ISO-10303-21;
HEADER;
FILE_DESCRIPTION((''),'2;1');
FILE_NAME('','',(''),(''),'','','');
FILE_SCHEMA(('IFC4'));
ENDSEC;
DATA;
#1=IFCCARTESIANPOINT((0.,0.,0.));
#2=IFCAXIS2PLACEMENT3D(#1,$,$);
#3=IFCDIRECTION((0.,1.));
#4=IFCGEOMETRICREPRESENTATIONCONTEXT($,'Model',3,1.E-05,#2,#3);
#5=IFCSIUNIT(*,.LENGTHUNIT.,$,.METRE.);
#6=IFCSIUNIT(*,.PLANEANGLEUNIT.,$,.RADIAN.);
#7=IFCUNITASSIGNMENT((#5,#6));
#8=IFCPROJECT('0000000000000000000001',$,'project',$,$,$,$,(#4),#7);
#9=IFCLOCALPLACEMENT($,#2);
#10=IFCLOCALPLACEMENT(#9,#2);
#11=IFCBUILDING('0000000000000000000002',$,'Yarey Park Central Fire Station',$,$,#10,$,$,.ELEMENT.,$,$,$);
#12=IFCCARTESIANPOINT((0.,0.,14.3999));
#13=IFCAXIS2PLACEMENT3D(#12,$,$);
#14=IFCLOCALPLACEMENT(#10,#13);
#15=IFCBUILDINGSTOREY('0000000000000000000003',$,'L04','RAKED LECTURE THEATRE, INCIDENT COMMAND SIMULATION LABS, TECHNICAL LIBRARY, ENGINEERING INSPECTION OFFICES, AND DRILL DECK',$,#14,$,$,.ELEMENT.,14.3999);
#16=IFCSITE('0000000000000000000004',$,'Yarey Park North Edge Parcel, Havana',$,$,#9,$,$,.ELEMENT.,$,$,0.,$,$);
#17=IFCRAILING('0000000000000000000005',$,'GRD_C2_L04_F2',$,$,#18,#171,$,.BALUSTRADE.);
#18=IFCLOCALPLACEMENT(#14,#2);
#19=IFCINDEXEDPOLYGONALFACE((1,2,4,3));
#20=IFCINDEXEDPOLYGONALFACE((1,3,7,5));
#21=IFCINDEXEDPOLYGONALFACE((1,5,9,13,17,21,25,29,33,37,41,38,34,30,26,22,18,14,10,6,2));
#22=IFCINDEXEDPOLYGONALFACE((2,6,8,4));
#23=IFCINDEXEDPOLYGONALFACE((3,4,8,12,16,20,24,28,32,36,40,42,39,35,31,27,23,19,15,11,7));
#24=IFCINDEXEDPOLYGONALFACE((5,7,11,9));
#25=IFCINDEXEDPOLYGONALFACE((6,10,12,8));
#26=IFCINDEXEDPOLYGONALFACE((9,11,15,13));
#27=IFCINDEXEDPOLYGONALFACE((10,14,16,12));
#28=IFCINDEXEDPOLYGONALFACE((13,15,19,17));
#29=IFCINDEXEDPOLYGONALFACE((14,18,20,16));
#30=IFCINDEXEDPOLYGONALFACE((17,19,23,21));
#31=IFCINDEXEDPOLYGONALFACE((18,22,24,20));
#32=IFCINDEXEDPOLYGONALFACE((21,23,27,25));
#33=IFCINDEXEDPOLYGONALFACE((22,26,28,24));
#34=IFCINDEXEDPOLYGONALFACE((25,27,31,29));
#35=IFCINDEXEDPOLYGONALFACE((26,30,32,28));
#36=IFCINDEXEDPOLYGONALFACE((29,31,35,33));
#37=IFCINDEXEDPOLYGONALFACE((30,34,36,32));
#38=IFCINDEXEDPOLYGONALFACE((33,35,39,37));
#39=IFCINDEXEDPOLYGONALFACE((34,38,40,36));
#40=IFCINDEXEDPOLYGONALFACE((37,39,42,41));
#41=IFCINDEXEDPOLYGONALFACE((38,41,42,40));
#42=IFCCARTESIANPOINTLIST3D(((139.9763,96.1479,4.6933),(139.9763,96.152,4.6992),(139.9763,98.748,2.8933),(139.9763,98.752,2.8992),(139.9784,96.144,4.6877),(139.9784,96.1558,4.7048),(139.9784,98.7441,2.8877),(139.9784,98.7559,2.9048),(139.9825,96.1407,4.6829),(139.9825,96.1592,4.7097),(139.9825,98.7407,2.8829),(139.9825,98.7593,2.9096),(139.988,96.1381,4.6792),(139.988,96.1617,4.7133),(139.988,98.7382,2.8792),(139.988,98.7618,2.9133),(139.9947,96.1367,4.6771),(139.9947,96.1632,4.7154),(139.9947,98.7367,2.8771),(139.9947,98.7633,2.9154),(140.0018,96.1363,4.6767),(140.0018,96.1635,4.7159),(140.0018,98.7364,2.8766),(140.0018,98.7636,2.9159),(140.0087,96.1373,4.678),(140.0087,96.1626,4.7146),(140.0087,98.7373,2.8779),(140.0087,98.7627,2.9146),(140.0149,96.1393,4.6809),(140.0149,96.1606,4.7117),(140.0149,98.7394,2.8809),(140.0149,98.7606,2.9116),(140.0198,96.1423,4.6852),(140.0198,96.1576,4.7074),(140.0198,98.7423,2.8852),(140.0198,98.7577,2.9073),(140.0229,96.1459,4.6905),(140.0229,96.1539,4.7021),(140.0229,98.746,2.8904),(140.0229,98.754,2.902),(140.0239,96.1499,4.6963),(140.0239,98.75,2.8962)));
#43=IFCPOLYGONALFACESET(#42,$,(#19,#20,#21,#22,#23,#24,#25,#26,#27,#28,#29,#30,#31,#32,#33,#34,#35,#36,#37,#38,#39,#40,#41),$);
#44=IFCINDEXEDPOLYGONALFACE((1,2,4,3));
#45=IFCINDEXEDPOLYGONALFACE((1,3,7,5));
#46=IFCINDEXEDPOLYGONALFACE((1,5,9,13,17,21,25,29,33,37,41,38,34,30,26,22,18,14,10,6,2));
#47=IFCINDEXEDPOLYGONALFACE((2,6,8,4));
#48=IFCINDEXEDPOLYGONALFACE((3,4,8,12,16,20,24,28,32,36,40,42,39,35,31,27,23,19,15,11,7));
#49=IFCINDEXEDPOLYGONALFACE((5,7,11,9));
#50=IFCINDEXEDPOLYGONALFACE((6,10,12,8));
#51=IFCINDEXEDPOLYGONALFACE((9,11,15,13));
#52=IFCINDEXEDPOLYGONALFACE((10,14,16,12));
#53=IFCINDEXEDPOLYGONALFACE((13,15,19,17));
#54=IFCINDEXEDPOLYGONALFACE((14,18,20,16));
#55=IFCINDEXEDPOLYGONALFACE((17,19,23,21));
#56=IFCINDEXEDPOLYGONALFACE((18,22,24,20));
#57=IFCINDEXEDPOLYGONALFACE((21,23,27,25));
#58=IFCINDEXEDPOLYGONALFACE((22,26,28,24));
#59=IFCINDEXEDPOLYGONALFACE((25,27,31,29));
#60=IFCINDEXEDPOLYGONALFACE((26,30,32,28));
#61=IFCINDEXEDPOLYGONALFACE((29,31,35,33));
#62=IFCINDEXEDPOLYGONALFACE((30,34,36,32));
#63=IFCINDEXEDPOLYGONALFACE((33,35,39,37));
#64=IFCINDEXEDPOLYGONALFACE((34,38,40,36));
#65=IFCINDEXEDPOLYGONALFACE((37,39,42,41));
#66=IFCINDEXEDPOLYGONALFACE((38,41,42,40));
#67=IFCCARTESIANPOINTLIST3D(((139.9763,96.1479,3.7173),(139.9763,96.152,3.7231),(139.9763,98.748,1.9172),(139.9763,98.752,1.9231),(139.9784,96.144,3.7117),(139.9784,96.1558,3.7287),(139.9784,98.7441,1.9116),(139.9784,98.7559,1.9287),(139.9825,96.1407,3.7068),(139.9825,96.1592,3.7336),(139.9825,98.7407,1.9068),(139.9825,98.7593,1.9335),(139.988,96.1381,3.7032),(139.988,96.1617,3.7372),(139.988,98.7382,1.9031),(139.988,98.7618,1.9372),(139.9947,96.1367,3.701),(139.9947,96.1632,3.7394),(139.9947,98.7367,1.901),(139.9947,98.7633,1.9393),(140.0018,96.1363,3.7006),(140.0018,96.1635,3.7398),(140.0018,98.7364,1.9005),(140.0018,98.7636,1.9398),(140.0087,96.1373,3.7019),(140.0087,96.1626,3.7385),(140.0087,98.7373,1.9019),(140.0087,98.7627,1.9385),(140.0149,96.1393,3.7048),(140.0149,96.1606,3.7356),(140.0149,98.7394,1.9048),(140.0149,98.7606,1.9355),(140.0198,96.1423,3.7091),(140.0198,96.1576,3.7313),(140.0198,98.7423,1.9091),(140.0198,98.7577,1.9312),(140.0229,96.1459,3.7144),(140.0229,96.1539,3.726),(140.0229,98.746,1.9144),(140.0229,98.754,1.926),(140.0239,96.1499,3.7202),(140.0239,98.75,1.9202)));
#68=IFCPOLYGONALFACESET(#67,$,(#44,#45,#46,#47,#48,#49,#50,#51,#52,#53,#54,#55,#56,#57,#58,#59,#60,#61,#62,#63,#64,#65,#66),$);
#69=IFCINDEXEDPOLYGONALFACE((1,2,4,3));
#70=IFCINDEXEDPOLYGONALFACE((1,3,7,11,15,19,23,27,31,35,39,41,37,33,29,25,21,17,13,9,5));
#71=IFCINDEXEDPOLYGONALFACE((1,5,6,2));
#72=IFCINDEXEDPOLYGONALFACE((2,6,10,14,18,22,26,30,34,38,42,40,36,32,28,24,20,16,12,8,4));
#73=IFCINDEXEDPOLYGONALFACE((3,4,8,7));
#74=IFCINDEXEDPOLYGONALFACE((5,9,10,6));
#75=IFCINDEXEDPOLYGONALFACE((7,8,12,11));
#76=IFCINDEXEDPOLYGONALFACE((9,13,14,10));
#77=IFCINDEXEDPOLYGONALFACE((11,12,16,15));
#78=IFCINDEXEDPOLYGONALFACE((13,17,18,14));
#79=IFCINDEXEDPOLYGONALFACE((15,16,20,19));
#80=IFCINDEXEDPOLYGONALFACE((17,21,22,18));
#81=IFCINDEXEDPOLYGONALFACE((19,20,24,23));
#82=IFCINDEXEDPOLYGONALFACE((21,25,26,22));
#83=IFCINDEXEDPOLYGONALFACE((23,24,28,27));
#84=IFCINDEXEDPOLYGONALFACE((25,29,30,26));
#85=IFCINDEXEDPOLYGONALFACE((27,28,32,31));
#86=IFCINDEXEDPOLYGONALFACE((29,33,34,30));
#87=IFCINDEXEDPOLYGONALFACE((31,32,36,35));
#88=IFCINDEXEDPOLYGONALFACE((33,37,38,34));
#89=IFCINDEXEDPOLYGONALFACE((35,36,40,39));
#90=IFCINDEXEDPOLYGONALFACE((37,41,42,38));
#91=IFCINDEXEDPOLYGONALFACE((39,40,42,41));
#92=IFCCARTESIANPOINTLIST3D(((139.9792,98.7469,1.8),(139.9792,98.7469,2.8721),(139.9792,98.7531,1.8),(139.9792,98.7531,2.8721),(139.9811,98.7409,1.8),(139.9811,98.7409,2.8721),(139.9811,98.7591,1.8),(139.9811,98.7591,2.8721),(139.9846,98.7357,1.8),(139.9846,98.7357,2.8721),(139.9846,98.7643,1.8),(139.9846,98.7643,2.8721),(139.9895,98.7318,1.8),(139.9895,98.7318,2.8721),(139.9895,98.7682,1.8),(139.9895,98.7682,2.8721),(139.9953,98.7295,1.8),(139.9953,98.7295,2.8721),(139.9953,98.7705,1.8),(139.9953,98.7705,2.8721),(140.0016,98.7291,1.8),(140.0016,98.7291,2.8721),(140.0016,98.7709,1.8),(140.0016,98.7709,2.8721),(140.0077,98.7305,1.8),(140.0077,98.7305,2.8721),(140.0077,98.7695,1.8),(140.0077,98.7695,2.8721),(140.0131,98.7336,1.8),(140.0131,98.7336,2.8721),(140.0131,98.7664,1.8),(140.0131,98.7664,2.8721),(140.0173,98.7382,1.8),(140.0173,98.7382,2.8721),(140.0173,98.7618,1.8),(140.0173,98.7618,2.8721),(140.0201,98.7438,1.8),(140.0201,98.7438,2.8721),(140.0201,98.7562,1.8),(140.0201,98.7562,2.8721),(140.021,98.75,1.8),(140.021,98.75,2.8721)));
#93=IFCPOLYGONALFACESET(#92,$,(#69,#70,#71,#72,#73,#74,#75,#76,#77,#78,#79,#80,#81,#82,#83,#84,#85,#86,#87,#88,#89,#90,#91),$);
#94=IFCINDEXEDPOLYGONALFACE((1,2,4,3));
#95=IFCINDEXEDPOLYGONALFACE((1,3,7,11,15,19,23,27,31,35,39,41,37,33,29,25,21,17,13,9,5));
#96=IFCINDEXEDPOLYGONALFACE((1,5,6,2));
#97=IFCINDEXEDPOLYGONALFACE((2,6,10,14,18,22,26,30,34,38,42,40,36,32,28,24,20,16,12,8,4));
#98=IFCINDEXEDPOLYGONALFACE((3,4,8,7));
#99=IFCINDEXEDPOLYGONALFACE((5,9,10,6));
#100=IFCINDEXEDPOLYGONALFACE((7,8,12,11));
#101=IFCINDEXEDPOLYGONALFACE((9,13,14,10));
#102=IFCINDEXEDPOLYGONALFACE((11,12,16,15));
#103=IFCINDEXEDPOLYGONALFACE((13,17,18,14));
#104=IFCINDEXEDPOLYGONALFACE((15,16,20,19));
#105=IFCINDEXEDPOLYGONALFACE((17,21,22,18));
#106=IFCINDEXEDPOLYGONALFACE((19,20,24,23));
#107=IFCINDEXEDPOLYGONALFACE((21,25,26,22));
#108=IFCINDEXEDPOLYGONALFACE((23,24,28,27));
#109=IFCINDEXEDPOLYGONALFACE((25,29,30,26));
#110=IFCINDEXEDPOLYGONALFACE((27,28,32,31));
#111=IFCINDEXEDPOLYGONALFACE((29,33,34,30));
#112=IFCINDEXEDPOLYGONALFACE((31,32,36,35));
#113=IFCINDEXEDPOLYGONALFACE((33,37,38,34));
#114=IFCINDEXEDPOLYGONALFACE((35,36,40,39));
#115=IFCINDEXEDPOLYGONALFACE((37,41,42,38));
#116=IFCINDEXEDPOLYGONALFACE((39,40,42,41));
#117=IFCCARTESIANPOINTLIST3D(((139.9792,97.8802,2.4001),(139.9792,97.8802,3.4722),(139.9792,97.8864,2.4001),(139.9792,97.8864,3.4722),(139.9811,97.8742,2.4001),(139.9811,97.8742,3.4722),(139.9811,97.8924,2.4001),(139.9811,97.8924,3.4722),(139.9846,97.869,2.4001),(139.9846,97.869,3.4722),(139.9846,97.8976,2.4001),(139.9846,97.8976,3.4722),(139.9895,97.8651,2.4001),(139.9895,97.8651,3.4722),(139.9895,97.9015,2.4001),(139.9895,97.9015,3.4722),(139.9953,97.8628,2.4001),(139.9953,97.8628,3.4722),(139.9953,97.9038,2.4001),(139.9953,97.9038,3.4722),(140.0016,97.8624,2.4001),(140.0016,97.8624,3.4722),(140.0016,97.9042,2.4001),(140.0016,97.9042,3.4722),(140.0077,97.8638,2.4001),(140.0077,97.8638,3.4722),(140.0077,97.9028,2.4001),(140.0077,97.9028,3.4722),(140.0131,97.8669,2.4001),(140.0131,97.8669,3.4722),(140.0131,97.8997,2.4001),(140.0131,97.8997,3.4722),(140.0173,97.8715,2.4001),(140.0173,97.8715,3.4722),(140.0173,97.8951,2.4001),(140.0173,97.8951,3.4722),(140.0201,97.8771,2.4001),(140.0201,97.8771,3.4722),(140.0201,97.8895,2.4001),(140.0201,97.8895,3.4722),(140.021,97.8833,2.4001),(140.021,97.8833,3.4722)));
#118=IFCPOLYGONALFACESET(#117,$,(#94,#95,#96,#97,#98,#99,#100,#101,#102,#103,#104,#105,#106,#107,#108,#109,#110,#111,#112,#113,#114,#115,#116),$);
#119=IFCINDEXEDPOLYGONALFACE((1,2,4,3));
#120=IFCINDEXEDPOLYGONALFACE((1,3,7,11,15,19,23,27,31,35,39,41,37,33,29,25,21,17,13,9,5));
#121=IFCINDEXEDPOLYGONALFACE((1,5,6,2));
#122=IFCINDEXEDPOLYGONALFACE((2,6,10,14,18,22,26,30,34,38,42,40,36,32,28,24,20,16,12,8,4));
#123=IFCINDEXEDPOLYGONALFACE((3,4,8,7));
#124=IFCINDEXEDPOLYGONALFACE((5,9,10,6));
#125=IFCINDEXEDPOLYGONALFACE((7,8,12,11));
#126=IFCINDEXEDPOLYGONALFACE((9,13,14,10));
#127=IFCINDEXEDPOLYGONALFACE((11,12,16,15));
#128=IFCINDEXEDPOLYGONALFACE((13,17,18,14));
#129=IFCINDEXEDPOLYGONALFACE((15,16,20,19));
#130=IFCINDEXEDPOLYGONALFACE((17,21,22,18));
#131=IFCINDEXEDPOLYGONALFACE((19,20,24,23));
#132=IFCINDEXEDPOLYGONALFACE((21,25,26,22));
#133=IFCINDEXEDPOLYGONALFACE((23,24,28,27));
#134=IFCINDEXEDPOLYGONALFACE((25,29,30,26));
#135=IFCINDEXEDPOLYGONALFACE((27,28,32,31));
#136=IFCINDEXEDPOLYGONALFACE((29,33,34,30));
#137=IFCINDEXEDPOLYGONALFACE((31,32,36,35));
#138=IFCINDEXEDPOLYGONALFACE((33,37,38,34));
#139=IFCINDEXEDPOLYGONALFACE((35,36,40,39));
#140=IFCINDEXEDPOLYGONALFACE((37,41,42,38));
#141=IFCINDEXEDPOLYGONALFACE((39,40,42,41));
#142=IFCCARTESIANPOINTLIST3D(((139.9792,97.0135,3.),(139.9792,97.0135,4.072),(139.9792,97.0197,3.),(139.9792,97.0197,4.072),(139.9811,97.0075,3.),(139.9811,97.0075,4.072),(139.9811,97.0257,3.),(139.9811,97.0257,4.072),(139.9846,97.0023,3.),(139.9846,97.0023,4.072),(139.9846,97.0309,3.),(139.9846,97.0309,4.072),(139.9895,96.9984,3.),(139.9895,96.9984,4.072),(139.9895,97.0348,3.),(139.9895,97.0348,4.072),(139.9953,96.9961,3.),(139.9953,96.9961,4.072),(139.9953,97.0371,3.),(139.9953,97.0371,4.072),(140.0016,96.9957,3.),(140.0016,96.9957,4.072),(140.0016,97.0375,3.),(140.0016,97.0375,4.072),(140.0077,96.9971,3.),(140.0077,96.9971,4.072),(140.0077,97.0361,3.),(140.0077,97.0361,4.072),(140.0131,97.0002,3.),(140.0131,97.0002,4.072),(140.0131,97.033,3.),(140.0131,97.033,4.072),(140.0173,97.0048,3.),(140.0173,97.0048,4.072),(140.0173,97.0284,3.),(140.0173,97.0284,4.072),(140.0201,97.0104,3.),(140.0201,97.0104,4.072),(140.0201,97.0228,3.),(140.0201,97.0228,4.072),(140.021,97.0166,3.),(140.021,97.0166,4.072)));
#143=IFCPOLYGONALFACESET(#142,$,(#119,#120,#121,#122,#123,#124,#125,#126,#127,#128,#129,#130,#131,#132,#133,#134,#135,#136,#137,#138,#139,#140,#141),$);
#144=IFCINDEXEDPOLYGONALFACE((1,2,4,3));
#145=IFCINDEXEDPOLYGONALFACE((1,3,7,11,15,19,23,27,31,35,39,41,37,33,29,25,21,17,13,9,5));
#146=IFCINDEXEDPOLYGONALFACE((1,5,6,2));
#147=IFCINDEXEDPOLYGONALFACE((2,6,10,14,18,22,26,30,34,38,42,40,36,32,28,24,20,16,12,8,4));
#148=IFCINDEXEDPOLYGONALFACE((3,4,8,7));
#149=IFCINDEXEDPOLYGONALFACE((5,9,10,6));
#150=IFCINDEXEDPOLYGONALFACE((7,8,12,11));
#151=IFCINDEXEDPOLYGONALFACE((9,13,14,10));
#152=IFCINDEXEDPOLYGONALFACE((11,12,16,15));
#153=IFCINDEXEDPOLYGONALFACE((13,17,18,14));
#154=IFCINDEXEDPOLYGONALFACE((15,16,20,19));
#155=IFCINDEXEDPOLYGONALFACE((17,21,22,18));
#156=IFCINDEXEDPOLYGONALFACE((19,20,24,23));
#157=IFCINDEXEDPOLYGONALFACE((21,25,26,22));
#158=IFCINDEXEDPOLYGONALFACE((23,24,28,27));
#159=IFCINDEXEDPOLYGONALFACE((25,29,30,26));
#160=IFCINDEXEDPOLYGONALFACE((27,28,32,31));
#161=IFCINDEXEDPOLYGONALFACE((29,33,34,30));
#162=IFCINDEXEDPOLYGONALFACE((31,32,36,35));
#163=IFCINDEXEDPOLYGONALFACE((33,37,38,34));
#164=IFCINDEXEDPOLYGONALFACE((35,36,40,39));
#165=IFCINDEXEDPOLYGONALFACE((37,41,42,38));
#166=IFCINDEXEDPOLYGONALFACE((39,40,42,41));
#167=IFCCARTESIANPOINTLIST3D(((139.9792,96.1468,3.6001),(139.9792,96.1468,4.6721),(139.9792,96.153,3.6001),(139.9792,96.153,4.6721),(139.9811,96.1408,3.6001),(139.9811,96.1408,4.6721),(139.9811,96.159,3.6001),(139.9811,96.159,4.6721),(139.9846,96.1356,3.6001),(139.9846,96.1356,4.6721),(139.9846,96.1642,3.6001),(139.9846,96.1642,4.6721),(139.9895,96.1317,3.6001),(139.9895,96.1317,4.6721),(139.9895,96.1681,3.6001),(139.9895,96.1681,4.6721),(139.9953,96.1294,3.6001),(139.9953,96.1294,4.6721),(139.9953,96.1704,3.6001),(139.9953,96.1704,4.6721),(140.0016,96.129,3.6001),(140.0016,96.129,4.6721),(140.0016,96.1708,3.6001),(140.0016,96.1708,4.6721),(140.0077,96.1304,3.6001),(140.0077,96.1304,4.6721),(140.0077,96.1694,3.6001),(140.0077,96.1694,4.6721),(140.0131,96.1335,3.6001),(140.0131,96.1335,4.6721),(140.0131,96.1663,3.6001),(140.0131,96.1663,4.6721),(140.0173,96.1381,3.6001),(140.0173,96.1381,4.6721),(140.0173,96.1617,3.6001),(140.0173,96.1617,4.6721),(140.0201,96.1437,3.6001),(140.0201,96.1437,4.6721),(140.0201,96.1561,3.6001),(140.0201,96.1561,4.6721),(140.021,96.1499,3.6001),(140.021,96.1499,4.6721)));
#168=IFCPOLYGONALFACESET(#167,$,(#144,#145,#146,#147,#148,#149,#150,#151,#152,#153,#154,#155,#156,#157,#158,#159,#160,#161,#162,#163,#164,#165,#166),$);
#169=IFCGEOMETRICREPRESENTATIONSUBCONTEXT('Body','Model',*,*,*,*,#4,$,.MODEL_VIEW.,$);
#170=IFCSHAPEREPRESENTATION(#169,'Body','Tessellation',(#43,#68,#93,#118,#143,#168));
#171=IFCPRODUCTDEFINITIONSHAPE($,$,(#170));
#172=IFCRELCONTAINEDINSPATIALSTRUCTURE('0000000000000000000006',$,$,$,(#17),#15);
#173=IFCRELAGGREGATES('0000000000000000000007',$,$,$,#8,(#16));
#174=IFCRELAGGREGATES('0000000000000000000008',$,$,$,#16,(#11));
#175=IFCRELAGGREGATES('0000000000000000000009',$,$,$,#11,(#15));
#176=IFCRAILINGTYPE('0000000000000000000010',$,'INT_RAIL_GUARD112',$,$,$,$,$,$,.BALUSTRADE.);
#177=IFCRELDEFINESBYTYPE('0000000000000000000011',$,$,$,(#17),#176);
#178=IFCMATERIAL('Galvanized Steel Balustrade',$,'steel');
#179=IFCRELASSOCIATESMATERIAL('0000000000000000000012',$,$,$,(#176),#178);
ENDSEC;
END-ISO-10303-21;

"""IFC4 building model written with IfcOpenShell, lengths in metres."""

from ifc_helpers import new_model, si_unit, direction, frame, origin, origin_2d, place, context, subcontext, project, spatial, circle, extrude, material, type_object, element, save


model = new_model("IFC4")

# Units and contexts
model_context = context("Model", 3, precision=1e-05, world=origin(), true_north=direction((0.0, 1.0)))
body_context = subcontext(model_context, "Body", "Model", "MODEL_VIEW")
ifc_project = project(units=[si_unit("LENGTHUNIT", "METRE"), si_unit("PLANEANGLEUNIT", "RADIAN")], contexts=[model_context])

# Site, building, storey
site_placement = place(None, origin())
site = spatial("IfcSite", under=ifc_project, at=site_placement, Name="Yarey Park North Edge Parcel, Havana", CompositionType="ELEMENT", RefElevation=0.0)
building_placement = place(site_placement, origin())
building = spatial("IfcBuilding", under=site, at=building_placement, Name="Yarey Park Central Fire Station", CompositionType="ELEMENT")
storey_placement = place(building_placement, frame((0.0, 0.0, 14.3999)))
storey = spatial("IfcBuildingStorey", under=building, at=storey_placement, Name="L04", Description="RAKED LECTURE THEATRE, INCIDENT COMMAND SIMULATION LABS, TECHNICAL LIBRARY, ENGINEERING INSPECTION OFFICES, AND DRILL DECK", CompositionType="ELEMENT", Elevation=14.3999)

# Railing
ifc_material_1 = material(Name="Galvanized Steel Balustrade", Category="steel")
railing_type_1 = type_object("IfcRailingType", Name="INT_RAIL_GUARD112", PredefinedType="BALUSTRADE", material=ifc_material_1)
railing_1_placement = place(storey_placement, frame((140.0, 98.75, 1.8)))
element("IfcRailing", 1, at=railing_1_placement, inside=storey, type_object=railing_type_1, Name="GRD_C2_L04_F2", PredefinedType="BALUSTRADE", context=body_context, shape_type="SweptSolid", body=[
    extrude(circle(Radius=0.0239, at=origin_2d()), frame((0.0, 0.0, 1.0962), z_axis=(0.0, -0.822195, 0.569206), x_axis=(1.0, 0.0, 0.0)), (0.0, 0.0, 1.0), 3.1624),
    extrude(circle(Radius=0.0239, at=origin_2d()), frame((0.0, 0.0, 0.1201), z_axis=(0.0, -0.822195, 0.569206), x_axis=(1.0, 0.0, 0.0)), (0.0, 0.0, 1.0), 3.1624),
    extrude(circle(Radius=0.021, at=origin_2d()), origin(), (0.0, 0.0, 1.0), 1.072),
    extrude(circle(Radius=0.021, at=origin_2d()), frame((0.0, -0.8667, 0.6001)), (0.0, 0.0, 1.0), 1.072),
    extrude(circle(Radius=0.021, at=origin_2d()), frame((0.0, -1.7334, 1.2)), (0.0, 0.0, 1.0), 1.072),
    extrude(circle(Radius=0.021, at=origin_2d()), frame((0.0, -2.6001, 1.8)), (0.0, 0.0, 1.0), 1.072),
])

save(model, "model.ifc")
